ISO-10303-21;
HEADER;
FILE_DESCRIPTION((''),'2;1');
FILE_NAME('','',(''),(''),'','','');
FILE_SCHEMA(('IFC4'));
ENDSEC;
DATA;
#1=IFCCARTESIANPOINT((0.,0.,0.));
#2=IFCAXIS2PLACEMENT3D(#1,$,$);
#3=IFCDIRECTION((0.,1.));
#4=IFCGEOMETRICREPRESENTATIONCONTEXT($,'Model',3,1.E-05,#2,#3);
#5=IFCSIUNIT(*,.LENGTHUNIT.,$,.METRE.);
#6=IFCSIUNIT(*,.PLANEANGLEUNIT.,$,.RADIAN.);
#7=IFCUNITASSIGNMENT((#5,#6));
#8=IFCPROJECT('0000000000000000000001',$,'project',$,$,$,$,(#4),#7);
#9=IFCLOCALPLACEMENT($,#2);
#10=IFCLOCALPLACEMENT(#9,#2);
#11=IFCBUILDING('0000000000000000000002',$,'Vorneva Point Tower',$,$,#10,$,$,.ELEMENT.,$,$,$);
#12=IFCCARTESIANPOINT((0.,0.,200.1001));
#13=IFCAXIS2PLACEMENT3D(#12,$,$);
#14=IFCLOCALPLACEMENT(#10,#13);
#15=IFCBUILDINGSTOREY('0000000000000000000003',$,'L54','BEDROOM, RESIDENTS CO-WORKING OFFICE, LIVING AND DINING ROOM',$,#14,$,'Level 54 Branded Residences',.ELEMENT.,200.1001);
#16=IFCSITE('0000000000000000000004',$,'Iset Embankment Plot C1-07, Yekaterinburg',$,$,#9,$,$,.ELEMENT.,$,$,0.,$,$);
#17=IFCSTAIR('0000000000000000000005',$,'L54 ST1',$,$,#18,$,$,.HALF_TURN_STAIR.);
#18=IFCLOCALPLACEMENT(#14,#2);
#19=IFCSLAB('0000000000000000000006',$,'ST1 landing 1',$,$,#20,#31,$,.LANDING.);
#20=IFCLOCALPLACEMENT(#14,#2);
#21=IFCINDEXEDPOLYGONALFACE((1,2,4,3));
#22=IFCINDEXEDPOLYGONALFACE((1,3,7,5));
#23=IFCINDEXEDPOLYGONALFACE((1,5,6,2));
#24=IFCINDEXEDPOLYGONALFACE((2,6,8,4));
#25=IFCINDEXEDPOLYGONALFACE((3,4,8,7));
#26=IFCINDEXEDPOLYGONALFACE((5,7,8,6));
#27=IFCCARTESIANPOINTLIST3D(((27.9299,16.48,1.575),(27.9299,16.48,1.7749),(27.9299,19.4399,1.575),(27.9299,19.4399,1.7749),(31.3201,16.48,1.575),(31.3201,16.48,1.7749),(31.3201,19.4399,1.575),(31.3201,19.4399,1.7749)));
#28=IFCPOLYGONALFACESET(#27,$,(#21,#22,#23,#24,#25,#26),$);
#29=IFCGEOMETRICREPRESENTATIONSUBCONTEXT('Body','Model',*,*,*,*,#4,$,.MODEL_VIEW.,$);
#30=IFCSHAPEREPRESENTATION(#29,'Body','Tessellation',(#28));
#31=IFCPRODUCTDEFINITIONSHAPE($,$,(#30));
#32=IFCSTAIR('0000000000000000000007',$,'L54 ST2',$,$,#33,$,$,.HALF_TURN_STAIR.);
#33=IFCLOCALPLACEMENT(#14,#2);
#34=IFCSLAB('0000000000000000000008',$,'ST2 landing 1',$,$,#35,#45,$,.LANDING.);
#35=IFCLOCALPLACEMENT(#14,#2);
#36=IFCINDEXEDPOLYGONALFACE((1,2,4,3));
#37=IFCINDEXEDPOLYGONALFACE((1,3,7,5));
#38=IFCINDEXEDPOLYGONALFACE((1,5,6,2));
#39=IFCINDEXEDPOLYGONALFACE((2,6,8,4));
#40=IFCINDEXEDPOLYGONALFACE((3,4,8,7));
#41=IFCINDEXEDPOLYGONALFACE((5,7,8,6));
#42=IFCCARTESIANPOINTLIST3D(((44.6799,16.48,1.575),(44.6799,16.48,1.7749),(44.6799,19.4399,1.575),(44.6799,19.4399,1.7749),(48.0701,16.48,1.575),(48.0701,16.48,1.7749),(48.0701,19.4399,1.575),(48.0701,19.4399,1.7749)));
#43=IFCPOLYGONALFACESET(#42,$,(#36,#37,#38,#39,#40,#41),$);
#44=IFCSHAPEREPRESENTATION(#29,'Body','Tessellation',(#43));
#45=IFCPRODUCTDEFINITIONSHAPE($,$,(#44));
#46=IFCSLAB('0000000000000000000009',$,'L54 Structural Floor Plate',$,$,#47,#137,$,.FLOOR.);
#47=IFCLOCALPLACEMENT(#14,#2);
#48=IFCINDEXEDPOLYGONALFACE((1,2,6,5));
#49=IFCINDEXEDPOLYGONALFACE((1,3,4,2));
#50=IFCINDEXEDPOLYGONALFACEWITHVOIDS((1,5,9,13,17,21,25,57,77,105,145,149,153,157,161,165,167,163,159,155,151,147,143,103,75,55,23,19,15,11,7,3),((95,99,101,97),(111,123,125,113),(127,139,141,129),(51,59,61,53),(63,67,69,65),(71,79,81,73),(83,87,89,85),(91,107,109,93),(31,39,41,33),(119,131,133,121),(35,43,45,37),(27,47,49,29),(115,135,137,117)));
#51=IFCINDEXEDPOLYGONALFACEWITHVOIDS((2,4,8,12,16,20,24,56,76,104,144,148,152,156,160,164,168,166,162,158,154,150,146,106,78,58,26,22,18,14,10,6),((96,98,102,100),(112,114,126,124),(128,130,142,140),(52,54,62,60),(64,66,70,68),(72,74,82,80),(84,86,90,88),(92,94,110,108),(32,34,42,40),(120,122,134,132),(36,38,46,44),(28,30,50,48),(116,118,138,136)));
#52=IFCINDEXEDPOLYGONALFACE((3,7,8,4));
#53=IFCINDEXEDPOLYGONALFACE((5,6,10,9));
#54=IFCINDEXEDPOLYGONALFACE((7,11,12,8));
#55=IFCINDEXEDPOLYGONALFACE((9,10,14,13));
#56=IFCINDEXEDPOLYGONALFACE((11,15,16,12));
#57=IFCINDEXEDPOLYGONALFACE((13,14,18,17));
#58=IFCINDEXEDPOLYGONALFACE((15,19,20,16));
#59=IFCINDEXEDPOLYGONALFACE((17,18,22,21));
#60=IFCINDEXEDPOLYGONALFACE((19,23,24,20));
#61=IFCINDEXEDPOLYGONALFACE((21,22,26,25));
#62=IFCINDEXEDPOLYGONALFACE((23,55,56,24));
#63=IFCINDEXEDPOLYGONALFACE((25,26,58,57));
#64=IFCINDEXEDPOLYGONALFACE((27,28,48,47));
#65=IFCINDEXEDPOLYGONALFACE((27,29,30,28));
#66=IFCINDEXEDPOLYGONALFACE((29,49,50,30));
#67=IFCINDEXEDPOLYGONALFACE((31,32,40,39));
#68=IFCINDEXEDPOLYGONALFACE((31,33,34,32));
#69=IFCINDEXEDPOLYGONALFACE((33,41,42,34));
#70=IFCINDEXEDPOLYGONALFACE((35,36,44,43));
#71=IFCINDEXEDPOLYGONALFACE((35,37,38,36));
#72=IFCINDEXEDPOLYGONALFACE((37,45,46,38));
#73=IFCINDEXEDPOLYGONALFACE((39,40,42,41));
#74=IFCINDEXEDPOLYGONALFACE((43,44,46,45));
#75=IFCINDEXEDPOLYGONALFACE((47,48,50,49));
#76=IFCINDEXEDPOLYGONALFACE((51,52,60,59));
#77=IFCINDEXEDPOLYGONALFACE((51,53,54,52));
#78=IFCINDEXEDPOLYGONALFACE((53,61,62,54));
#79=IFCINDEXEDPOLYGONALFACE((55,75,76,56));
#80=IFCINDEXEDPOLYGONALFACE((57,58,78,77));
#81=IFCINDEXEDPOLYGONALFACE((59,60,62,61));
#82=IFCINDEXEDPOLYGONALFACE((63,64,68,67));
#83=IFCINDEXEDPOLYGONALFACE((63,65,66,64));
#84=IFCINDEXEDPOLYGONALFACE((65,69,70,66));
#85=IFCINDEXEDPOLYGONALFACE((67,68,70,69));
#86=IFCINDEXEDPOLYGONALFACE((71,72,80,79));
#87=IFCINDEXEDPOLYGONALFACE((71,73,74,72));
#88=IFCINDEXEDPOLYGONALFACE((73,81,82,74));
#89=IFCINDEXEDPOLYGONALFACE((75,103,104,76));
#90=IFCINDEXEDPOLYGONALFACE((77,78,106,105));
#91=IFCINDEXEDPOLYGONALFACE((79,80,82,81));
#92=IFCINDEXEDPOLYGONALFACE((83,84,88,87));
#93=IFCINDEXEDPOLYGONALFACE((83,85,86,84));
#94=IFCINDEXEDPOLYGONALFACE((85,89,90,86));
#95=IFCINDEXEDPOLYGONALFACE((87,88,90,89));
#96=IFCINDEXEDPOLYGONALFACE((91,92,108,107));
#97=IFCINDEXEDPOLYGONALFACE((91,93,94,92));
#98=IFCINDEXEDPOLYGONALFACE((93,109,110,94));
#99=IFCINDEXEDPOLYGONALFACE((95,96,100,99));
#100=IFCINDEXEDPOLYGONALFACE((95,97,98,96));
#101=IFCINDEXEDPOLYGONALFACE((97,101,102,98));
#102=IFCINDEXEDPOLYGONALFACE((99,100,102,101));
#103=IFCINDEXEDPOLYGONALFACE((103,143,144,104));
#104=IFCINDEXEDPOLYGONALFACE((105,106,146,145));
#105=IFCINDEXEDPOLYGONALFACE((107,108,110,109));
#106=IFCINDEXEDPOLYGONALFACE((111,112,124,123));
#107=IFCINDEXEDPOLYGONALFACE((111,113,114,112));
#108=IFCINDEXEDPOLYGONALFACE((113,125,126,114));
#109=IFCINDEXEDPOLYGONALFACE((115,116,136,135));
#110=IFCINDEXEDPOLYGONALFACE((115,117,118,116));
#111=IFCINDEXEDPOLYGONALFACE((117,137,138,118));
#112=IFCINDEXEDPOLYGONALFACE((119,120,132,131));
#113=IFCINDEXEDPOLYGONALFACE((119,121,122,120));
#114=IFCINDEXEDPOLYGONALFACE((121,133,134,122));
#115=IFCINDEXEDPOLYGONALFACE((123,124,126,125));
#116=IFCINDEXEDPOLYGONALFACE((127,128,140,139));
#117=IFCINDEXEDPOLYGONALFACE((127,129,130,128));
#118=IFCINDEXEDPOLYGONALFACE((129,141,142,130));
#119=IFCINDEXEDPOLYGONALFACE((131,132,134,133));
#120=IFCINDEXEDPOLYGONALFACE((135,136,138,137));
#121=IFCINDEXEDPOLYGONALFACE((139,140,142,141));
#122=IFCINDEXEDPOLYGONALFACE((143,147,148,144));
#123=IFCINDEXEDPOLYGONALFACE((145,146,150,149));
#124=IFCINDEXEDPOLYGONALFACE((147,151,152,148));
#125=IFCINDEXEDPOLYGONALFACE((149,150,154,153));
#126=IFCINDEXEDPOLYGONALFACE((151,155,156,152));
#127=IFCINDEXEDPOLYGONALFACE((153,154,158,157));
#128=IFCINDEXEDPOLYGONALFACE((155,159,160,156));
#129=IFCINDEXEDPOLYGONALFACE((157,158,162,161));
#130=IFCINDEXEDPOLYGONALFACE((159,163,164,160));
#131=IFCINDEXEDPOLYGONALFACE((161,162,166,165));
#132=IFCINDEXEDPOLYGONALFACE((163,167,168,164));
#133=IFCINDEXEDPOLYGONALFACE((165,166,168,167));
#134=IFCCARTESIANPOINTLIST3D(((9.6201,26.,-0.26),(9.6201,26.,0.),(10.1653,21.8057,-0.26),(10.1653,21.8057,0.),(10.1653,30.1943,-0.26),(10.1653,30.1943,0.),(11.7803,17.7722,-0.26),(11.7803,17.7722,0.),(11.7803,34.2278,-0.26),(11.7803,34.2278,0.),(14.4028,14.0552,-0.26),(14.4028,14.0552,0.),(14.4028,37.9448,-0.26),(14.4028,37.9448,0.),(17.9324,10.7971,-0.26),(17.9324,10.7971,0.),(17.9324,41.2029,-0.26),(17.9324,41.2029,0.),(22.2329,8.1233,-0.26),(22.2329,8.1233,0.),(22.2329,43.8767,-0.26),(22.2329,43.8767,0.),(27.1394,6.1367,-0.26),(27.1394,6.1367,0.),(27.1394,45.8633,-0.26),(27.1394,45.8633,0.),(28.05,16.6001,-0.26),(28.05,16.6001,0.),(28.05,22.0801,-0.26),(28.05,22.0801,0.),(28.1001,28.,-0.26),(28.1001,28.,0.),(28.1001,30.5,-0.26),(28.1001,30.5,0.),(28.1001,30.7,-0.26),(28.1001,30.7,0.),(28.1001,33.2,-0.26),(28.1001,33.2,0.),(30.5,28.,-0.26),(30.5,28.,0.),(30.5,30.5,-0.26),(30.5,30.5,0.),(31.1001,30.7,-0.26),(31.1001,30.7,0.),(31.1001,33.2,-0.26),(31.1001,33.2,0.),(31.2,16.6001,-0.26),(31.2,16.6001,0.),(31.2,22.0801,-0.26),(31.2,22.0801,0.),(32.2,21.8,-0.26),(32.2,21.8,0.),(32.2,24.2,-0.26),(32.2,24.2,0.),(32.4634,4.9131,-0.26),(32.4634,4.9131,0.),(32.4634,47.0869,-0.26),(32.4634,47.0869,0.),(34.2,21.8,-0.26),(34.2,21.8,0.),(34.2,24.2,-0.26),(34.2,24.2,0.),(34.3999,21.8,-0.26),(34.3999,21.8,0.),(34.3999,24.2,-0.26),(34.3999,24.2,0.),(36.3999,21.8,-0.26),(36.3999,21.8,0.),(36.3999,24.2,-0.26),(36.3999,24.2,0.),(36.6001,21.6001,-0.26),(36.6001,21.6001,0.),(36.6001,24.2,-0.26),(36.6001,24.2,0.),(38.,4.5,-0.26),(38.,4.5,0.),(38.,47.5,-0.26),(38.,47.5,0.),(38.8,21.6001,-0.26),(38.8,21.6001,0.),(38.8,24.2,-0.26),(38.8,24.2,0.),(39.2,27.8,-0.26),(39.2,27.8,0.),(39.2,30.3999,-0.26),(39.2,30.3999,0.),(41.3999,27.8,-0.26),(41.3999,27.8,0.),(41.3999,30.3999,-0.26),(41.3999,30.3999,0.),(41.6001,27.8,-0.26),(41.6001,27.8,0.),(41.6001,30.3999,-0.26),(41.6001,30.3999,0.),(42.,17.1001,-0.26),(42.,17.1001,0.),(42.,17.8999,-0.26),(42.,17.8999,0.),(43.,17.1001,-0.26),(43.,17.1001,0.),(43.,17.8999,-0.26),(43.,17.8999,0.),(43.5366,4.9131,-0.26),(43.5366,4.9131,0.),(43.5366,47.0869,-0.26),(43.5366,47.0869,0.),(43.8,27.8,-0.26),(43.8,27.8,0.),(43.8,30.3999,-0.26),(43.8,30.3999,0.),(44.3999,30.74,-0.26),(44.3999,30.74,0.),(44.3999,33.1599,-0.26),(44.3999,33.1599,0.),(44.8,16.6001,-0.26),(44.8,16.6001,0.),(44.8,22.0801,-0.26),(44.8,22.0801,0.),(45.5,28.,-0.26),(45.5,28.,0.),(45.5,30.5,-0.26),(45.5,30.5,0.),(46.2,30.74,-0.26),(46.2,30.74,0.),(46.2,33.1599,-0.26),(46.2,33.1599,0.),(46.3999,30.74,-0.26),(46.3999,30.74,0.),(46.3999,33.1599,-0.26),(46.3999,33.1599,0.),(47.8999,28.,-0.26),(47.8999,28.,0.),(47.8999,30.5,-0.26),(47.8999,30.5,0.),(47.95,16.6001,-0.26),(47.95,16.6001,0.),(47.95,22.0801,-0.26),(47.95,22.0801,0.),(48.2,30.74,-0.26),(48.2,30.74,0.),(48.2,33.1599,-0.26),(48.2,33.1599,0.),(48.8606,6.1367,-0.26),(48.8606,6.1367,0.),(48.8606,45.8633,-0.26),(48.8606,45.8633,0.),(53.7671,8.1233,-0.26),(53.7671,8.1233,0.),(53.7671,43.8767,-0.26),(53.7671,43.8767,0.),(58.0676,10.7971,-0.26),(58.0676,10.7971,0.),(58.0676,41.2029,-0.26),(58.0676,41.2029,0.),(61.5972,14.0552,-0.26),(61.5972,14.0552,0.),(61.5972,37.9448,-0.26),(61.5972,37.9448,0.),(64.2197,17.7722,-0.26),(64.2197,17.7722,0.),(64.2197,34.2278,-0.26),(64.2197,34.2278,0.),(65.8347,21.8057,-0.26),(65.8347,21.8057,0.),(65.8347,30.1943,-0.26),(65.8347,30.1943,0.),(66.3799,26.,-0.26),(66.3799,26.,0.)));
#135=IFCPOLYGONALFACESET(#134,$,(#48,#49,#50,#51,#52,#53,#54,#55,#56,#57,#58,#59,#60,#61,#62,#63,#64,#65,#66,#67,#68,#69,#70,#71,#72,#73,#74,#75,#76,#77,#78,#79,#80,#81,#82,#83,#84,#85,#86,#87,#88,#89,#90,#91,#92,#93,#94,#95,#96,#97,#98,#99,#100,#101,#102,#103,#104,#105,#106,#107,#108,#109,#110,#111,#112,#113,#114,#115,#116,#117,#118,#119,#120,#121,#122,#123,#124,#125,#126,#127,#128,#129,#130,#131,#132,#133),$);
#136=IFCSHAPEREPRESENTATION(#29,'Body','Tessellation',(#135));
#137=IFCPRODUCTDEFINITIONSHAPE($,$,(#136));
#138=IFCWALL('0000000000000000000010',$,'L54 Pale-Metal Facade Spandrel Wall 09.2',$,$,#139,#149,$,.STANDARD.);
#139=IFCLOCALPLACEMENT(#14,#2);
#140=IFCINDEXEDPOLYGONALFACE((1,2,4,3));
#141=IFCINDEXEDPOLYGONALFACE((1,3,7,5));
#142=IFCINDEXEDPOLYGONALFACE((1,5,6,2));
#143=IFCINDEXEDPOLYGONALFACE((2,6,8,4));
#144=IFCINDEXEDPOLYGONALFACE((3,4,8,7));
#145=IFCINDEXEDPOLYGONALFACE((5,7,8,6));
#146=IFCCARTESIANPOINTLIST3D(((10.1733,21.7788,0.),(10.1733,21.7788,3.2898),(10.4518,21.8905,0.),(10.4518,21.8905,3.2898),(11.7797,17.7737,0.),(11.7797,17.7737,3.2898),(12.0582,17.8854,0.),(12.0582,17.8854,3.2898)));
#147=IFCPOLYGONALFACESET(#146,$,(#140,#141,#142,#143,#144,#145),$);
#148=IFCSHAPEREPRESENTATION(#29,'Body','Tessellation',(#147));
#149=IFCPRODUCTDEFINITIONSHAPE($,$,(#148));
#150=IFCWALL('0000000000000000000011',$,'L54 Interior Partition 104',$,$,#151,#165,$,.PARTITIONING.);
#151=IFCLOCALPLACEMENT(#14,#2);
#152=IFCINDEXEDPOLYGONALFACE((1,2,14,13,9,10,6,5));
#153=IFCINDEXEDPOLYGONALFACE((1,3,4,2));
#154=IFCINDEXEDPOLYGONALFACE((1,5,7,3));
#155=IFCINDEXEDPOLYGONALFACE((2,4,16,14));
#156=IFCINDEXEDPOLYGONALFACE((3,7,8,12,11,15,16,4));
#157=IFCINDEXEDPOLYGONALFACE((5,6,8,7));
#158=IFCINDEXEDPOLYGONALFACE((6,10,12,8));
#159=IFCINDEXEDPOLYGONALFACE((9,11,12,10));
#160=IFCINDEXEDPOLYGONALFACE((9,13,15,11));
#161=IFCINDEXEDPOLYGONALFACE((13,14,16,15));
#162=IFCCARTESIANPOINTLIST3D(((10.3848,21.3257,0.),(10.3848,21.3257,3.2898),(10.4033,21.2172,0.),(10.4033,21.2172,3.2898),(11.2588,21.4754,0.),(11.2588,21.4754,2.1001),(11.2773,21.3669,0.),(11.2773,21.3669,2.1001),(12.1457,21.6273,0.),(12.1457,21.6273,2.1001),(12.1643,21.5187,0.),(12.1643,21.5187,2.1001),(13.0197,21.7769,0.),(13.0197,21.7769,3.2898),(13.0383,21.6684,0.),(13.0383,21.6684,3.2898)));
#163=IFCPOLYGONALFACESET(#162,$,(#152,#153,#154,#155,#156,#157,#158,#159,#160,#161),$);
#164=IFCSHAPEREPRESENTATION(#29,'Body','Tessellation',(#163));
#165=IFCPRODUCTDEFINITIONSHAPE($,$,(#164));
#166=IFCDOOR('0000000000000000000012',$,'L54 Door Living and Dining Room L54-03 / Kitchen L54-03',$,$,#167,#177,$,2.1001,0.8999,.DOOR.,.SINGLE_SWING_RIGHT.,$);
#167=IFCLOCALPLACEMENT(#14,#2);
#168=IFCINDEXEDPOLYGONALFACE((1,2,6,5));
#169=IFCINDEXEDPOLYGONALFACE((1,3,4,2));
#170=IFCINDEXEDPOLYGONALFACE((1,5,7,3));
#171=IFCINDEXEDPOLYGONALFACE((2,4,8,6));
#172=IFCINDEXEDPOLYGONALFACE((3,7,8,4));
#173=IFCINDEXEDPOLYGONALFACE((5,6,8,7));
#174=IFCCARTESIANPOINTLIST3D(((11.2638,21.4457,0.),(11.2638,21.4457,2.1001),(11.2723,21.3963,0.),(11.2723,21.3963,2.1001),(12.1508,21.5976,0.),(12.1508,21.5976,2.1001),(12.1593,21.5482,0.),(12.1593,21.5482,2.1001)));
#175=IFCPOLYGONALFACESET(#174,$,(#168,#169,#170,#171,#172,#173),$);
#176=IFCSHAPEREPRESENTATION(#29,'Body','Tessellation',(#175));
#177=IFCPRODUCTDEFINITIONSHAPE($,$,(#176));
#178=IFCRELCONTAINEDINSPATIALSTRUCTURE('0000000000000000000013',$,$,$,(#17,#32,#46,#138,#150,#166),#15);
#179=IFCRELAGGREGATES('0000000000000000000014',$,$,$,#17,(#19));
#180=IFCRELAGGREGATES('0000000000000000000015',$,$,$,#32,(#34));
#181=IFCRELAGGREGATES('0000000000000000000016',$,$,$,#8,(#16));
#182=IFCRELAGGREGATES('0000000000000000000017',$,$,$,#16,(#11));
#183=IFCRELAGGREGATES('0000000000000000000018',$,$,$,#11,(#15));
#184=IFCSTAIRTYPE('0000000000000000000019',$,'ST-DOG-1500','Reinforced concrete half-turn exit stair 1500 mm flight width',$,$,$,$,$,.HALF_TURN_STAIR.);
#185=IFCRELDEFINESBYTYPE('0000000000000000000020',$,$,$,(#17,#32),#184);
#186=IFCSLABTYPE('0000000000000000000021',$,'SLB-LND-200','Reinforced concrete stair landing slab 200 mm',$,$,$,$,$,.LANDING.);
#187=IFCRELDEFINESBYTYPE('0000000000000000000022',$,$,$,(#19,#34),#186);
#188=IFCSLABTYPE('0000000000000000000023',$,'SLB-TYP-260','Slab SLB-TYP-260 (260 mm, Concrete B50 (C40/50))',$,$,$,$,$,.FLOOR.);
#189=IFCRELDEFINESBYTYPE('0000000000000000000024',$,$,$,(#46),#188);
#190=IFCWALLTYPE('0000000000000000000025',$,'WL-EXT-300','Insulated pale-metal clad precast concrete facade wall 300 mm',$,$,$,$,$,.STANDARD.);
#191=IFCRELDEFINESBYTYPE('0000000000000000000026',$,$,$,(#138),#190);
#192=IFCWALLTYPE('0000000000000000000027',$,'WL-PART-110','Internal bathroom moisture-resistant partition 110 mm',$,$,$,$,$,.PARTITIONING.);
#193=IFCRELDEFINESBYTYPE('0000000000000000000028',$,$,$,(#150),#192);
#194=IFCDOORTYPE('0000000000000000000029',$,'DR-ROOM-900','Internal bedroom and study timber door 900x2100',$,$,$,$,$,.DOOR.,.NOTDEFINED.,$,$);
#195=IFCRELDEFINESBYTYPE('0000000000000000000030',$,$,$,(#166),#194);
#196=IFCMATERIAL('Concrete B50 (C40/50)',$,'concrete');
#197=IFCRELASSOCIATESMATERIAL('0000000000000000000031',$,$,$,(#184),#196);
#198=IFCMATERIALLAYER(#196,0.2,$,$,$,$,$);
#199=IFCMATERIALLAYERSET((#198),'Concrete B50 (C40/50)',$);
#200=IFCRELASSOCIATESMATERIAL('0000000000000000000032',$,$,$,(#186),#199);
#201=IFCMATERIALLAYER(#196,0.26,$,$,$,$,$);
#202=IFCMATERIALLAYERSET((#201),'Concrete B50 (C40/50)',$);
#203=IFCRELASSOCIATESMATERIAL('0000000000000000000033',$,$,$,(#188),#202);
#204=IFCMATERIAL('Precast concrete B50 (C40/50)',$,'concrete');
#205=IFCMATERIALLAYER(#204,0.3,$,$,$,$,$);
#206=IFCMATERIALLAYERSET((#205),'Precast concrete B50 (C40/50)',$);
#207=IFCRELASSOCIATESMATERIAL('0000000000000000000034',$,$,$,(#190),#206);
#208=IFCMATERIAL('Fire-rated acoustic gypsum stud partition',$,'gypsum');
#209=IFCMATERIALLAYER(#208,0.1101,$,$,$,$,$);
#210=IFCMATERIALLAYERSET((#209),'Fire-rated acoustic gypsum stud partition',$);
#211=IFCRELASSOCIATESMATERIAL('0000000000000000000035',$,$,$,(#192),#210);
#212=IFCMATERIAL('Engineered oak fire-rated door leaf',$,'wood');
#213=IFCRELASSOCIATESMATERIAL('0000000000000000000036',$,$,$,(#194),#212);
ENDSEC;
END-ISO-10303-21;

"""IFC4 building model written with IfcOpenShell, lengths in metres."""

from ifc_helpers import new_model, si_unit, direction, frame, frame_2d, origin, place, context, subcontext, project, spatial, polyline, rectangle, outline, extrude, material, layer, layer_set, type_object, element, fill, aggregate, save


model = new_model("IFC4")

# Units and contexts
model_context = context("Model", 3, precision=1e-05, world=origin(), true_north=direction((0.0, 1.0)))
body_context = subcontext(model_context, "Body", "Model", "MODEL_VIEW")
ifc_project = project(units=[si_unit("LENGTHUNIT", "METRE"), si_unit("PLANEANGLEUNIT", "RADIAN")], contexts=[model_context])

# Site, building, storey
site_placement = place(None, origin())
site = spatial("IfcSite", under=ifc_project, at=site_placement, Name="Iset Embankment Plot C1-07, Yekaterinburg", CompositionType="ELEMENT", RefElevation=0.0)
building_placement = place(site_placement, origin())
building = spatial("IfcBuilding", under=site, at=building_placement, Name="Vorneva Point Tower", CompositionType="ELEMENT")
storey_placement = place(building_placement, frame((0.0, 0.0, 200.1001)))
storey = spatial("IfcBuildingStorey", under=building, at=storey_placement, Name="L54", Description="BEDROOM, RESIDENTS CO-WORKING OFFICE, LIVING AND DINING ROOM", LongName="Level 54 Branded Residences", CompositionType="ELEMENT", Elevation=200.1001)

# Shared definitions
ifc_material_1 = material(Name="Concrete B50 (C40/50)", Category="concrete")

# Stairs, slabs
stair_type = type_object("IfcStairType", Name="ST-DOG-1500", Description="Reinforced concrete half-turn exit stair 1500 mm flight width", PredefinedType="HALF_TURN_STAIR", material=ifc_material_1)
stair_1_placement = place(storey_placement, origin())
stair_1 = element("IfcStair", 1, at=stair_1_placement, inside=storey, type_object=stair_type, Name="L54 ST1", PredefinedType="HALF_TURN_STAIR")
ifc_layer_1 = layer(ifc_material_1, 0.2)
ifc_layer_set_1 = layer_set([ifc_layer_1], Name="Concrete B50 (C40/50)")
slab_type_1 = type_object("IfcSlabType", Name="SLB-LND-200", Description="Reinforced concrete stair landing slab 200 mm", PredefinedType="LANDING", material=ifc_layer_set_1)
slab_1_placement = place(storey_placement, frame((0.0, 0.0, 1.575)))
slab_1 = element("IfcSlab", 2, at=slab_1_placement, type_object=slab_type_1, Name="ST1 landing 1", PredefinedType="LANDING", context=body_context, shape_type="SweptSolid", body=[
    extrude(outline(polyline([(27.9299, 16.48), (31.3201, 16.48), (31.3201, 19.4399), (27.9299, 19.4399), (27.9299, 16.48)])), origin(), (0.0, 0.0, 1.0), 0.2),
])
aggregate(stair_1, [slab_1])
stair_2_placement = place(storey_placement, origin())
stair_2 = element("IfcStair", 3, at=stair_2_placement, inside=storey, type_object=stair_type, Name="L54 ST2", PredefinedType="HALF_TURN_STAIR")
slab_2_placement = place(storey_placement, frame((0.0, 0.0, 1.575)))
slab_2 = element("IfcSlab", 4, at=slab_2_placement, type_object=slab_type_1, Name="ST2 landing 1", PredefinedType="LANDING", context=body_context, shape_type="SweptSolid", body=[
    extrude(outline(polyline([(44.6799, 16.48), (48.0701, 16.48), (48.0701, 19.4399), (44.6799, 19.4399), (44.6799, 16.48)])), origin(), (0.0, 0.0, 1.0), 0.2),
])
aggregate(stair_2, [slab_2])

# Slab
ifc_layer_2 = layer(ifc_material_1, 0.26)
ifc_layer_set_2 = layer_set([ifc_layer_2], Name="Concrete B50 (C40/50)")
slab_type_2 = type_object("IfcSlabType", Name="SLB-TYP-260", Description="Slab SLB-TYP-260 (260 mm, Concrete B50 (C40/50))", PredefinedType="FLOOR", material=ifc_layer_set_2)
slab_3_placement = place(storey_placement, frame((0.0, 0.0, -0.26)))
element("IfcSlab", 5, at=slab_3_placement, inside=storey, type_object=slab_type_2, Name="L54 Structural Floor Plate", PredefinedType="FLOOR", context=body_context, shape_type="SweptSolid", body=[
    extrude(outline(polyline([(66.3799, 26.0), (65.8347, 30.1943), (64.2197, 34.2278), (61.5972, 37.9448), (58.0676, 41.2029), (53.7671, 43.8767), (48.8606, 45.8633), (43.5366, 47.0869), (38.0, 47.5), (32.4634, 47.0869), (27.1394, 45.8633), (22.2329, 43.8767), (17.9324, 41.2029), (14.4028, 37.9448), (11.7803, 34.2278), (10.1653, 30.1943), (9.6201, 26.0), (10.1653, 21.8057), (11.7803, 17.7722), (14.4028, 14.0552), (17.9324, 10.7971), (22.2329, 8.1233), (27.1394, 6.1367), (32.4634, 4.9131), (38.0, 4.5), (43.5366, 4.9131), (48.8606, 6.1367), (53.7671, 8.1233), (58.0676, 10.7971), (61.5972, 14.0552), (64.2197, 17.7722), (65.8347, 21.8057), (66.3799, 26.0)]), holes=[polyline([(32.2, 21.8), (34.2, 21.8), (34.2, 24.2), (32.2, 24.2), (32.2, 21.8)]), polyline([(34.3999, 21.8), (36.3999, 21.8), (36.3999, 24.2), (34.3999, 24.2), (34.3999, 21.8)]), polyline([(36.6001, 21.6001), (38.8, 21.6001), (38.8, 24.2), (36.6001, 24.2), (36.6001, 21.6001)]), polyline([(39.2, 27.8), (41.3999, 27.8), (41.3999, 30.3999), (39.2, 30.3999), (39.2, 27.8)]), polyline([(41.6001, 27.8), (43.8, 27.8), (43.8, 30.3999), (41.6001, 30.3999), (41.6001, 27.8)]), polyline([(44.3999, 30.74), (46.2, 30.74), (46.2, 33.1599), (44.3999, 33.1599), (44.3999, 30.74)]), polyline([(46.3999, 30.74), (48.2, 30.74), (48.2, 33.1599), (46.3999, 33.1599), (46.3999, 30.74)]), polyline([(28.1001, 28.0), (30.5, 28.0), (30.5, 30.5), (28.1001, 30.5), (28.1001, 28.0)]), polyline([(45.5, 28.0), (47.8999, 28.0), (47.8999, 30.5), (45.5, 30.5), (45.5, 28.0)]), polyline([(28.1001, 30.7), (31.1001, 30.7), (31.1001, 33.2), (28.1001, 33.2), (28.1001, 30.7)]), polyline([(28.05, 16.6001), (31.2, 16.6001), (31.2, 22.0801), (28.05, 22.0801), (28.05, 16.6001)]), polyline([(44.8, 16.6001), (47.95, 16.6001), (47.95, 22.0801), (44.8, 22.0801), (44.8, 16.6001)]), polyline([(42.0, 17.1001), (43.0, 17.1001), (43.0, 17.8999), (42.0, 17.8999), (42.0, 17.1001)])]), origin(), (0.0, 0.0, 1.0), 0.26),
])

# Wall
ifc_material_2 = material(Name="Precast concrete B50 (C40/50)", Category="concrete")
ifc_layer_3 = layer(ifc_material_2, 0.3)
ifc_layer_set_3 = layer_set([ifc_layer_3], Name="Precast concrete B50 (C40/50)")
wall_type_1 = type_object("IfcWallType", Name="WL-EXT-300", Description="Insulated pale-metal clad precast concrete facade wall 300 mm", PredefinedType="STANDARD", material=ifc_layer_set_3)
wall_1_placement = place(storey_placement, frame((10.3125, 21.8347, 0.0), z_axis=(0.0, 0.0, 1.0), x_axis=(0.372268, -0.928125, 0.0)))
element("IfcWall", 6, at=wall_1_placement, inside=storey, type_object=wall_type_1, Name="L54 Pale-Metal Facade Spandrel Wall 09.2", PredefinedType="STANDARD", context=body_context, shape_type="SweptSolid", body=[
    extrude(rectangle(XDim=4.3152, YDim=0.3, at=frame_2d((2.1577, 0.0))), origin(), (0.0, 0.0, 1.0), 3.2898),
])

# Wall, opening, door
ifc_material_3 = material(Name="Fire-rated acoustic gypsum stud partition", Category="gypsum")
ifc_layer_4 = layer(ifc_material_3, 0.1101)
ifc_layer_set_4 = layer_set([ifc_layer_4], Name="Fire-rated acoustic gypsum stud partition")
wall_type_2 = type_object("IfcWallType", Name="WL-PART-110", Description="Internal bathroom moisture-resistant partition 110 mm", PredefinedType="PARTITIONING", material=ifc_layer_set_4)
wall_2_placement = place(storey_placement, frame((10.394, 21.2715, 0.0), z_axis=(0.0, 0.0, 1.0), x_axis=(0.985656, 0.168766, 0.0)))
wall_2 = element("IfcWall", 7, at=wall_2_placement, inside=storey, type_object=wall_type_2, Name="L54 Interior Partition 104", PredefinedType="PARTITIONING", context=body_context, shape_type="SweptSolid", body=[
    extrude(rectangle(XDim=2.6733, YDim=0.1101, at=frame_2d((1.3367, 0.0))), origin(), (0.0, 0.0, 1.0), 3.2898),
])
opening_1_placement = place(wall_2_placement, frame((0.8867, 0.0, 0.0)))
opening_1 = element("IfcOpeningElement", 8, at=opening_1_placement, cuts=wall_2, PredefinedType="OPENING", context=body_context, shape_type="SweptSolid", body=[
    extrude(rectangle(XDim=0.8999, YDim=2.1001, at=frame_2d((0.45, 1.05))), frame((0.0, 0.0698, 0.0), z_axis=(0.0, -1.0, 0.0), x_axis=(1.0, 0.0, 0.0)), (0.0, 0.0, 1.0), 0.1399),
])
ifc_material_4 = material(Name="Engineered oak fire-rated door leaf", Category="wood")
door_type = type_object("IfcDoorType", Name="DR-ROOM-900", Description="Internal bedroom and study timber door 900x2100", OperationType="NOTDEFINED", PredefinedType="DOOR", material=ifc_material_4)
door_1_placement = place(opening_1_placement, origin())
door_1 = element("IfcDoor", 9, at=door_1_placement, inside=storey, type_object=door_type, Name="L54 Door Living and Dining Room L54-03 / Kitchen L54-03", OperationType="SINGLE_SWING_RIGHT", OverallHeight=2.1001, OverallWidth=0.8999, PredefinedType="DOOR", context=body_context, shape_type="SweptSolid", body=[
    extrude(rectangle(XDim=0.8999, YDim=2.1001, at=frame_2d((0.45, 1.05))), frame((0.0, 0.0249, 0.0), z_axis=(0.0, -1.0, 0.0), x_axis=(1.0, 0.0, 0.0)), (0.0, 0.0, 1.0), 0.05),
])
fill(opening_1, door_1)

save(model, "model.ifc")
